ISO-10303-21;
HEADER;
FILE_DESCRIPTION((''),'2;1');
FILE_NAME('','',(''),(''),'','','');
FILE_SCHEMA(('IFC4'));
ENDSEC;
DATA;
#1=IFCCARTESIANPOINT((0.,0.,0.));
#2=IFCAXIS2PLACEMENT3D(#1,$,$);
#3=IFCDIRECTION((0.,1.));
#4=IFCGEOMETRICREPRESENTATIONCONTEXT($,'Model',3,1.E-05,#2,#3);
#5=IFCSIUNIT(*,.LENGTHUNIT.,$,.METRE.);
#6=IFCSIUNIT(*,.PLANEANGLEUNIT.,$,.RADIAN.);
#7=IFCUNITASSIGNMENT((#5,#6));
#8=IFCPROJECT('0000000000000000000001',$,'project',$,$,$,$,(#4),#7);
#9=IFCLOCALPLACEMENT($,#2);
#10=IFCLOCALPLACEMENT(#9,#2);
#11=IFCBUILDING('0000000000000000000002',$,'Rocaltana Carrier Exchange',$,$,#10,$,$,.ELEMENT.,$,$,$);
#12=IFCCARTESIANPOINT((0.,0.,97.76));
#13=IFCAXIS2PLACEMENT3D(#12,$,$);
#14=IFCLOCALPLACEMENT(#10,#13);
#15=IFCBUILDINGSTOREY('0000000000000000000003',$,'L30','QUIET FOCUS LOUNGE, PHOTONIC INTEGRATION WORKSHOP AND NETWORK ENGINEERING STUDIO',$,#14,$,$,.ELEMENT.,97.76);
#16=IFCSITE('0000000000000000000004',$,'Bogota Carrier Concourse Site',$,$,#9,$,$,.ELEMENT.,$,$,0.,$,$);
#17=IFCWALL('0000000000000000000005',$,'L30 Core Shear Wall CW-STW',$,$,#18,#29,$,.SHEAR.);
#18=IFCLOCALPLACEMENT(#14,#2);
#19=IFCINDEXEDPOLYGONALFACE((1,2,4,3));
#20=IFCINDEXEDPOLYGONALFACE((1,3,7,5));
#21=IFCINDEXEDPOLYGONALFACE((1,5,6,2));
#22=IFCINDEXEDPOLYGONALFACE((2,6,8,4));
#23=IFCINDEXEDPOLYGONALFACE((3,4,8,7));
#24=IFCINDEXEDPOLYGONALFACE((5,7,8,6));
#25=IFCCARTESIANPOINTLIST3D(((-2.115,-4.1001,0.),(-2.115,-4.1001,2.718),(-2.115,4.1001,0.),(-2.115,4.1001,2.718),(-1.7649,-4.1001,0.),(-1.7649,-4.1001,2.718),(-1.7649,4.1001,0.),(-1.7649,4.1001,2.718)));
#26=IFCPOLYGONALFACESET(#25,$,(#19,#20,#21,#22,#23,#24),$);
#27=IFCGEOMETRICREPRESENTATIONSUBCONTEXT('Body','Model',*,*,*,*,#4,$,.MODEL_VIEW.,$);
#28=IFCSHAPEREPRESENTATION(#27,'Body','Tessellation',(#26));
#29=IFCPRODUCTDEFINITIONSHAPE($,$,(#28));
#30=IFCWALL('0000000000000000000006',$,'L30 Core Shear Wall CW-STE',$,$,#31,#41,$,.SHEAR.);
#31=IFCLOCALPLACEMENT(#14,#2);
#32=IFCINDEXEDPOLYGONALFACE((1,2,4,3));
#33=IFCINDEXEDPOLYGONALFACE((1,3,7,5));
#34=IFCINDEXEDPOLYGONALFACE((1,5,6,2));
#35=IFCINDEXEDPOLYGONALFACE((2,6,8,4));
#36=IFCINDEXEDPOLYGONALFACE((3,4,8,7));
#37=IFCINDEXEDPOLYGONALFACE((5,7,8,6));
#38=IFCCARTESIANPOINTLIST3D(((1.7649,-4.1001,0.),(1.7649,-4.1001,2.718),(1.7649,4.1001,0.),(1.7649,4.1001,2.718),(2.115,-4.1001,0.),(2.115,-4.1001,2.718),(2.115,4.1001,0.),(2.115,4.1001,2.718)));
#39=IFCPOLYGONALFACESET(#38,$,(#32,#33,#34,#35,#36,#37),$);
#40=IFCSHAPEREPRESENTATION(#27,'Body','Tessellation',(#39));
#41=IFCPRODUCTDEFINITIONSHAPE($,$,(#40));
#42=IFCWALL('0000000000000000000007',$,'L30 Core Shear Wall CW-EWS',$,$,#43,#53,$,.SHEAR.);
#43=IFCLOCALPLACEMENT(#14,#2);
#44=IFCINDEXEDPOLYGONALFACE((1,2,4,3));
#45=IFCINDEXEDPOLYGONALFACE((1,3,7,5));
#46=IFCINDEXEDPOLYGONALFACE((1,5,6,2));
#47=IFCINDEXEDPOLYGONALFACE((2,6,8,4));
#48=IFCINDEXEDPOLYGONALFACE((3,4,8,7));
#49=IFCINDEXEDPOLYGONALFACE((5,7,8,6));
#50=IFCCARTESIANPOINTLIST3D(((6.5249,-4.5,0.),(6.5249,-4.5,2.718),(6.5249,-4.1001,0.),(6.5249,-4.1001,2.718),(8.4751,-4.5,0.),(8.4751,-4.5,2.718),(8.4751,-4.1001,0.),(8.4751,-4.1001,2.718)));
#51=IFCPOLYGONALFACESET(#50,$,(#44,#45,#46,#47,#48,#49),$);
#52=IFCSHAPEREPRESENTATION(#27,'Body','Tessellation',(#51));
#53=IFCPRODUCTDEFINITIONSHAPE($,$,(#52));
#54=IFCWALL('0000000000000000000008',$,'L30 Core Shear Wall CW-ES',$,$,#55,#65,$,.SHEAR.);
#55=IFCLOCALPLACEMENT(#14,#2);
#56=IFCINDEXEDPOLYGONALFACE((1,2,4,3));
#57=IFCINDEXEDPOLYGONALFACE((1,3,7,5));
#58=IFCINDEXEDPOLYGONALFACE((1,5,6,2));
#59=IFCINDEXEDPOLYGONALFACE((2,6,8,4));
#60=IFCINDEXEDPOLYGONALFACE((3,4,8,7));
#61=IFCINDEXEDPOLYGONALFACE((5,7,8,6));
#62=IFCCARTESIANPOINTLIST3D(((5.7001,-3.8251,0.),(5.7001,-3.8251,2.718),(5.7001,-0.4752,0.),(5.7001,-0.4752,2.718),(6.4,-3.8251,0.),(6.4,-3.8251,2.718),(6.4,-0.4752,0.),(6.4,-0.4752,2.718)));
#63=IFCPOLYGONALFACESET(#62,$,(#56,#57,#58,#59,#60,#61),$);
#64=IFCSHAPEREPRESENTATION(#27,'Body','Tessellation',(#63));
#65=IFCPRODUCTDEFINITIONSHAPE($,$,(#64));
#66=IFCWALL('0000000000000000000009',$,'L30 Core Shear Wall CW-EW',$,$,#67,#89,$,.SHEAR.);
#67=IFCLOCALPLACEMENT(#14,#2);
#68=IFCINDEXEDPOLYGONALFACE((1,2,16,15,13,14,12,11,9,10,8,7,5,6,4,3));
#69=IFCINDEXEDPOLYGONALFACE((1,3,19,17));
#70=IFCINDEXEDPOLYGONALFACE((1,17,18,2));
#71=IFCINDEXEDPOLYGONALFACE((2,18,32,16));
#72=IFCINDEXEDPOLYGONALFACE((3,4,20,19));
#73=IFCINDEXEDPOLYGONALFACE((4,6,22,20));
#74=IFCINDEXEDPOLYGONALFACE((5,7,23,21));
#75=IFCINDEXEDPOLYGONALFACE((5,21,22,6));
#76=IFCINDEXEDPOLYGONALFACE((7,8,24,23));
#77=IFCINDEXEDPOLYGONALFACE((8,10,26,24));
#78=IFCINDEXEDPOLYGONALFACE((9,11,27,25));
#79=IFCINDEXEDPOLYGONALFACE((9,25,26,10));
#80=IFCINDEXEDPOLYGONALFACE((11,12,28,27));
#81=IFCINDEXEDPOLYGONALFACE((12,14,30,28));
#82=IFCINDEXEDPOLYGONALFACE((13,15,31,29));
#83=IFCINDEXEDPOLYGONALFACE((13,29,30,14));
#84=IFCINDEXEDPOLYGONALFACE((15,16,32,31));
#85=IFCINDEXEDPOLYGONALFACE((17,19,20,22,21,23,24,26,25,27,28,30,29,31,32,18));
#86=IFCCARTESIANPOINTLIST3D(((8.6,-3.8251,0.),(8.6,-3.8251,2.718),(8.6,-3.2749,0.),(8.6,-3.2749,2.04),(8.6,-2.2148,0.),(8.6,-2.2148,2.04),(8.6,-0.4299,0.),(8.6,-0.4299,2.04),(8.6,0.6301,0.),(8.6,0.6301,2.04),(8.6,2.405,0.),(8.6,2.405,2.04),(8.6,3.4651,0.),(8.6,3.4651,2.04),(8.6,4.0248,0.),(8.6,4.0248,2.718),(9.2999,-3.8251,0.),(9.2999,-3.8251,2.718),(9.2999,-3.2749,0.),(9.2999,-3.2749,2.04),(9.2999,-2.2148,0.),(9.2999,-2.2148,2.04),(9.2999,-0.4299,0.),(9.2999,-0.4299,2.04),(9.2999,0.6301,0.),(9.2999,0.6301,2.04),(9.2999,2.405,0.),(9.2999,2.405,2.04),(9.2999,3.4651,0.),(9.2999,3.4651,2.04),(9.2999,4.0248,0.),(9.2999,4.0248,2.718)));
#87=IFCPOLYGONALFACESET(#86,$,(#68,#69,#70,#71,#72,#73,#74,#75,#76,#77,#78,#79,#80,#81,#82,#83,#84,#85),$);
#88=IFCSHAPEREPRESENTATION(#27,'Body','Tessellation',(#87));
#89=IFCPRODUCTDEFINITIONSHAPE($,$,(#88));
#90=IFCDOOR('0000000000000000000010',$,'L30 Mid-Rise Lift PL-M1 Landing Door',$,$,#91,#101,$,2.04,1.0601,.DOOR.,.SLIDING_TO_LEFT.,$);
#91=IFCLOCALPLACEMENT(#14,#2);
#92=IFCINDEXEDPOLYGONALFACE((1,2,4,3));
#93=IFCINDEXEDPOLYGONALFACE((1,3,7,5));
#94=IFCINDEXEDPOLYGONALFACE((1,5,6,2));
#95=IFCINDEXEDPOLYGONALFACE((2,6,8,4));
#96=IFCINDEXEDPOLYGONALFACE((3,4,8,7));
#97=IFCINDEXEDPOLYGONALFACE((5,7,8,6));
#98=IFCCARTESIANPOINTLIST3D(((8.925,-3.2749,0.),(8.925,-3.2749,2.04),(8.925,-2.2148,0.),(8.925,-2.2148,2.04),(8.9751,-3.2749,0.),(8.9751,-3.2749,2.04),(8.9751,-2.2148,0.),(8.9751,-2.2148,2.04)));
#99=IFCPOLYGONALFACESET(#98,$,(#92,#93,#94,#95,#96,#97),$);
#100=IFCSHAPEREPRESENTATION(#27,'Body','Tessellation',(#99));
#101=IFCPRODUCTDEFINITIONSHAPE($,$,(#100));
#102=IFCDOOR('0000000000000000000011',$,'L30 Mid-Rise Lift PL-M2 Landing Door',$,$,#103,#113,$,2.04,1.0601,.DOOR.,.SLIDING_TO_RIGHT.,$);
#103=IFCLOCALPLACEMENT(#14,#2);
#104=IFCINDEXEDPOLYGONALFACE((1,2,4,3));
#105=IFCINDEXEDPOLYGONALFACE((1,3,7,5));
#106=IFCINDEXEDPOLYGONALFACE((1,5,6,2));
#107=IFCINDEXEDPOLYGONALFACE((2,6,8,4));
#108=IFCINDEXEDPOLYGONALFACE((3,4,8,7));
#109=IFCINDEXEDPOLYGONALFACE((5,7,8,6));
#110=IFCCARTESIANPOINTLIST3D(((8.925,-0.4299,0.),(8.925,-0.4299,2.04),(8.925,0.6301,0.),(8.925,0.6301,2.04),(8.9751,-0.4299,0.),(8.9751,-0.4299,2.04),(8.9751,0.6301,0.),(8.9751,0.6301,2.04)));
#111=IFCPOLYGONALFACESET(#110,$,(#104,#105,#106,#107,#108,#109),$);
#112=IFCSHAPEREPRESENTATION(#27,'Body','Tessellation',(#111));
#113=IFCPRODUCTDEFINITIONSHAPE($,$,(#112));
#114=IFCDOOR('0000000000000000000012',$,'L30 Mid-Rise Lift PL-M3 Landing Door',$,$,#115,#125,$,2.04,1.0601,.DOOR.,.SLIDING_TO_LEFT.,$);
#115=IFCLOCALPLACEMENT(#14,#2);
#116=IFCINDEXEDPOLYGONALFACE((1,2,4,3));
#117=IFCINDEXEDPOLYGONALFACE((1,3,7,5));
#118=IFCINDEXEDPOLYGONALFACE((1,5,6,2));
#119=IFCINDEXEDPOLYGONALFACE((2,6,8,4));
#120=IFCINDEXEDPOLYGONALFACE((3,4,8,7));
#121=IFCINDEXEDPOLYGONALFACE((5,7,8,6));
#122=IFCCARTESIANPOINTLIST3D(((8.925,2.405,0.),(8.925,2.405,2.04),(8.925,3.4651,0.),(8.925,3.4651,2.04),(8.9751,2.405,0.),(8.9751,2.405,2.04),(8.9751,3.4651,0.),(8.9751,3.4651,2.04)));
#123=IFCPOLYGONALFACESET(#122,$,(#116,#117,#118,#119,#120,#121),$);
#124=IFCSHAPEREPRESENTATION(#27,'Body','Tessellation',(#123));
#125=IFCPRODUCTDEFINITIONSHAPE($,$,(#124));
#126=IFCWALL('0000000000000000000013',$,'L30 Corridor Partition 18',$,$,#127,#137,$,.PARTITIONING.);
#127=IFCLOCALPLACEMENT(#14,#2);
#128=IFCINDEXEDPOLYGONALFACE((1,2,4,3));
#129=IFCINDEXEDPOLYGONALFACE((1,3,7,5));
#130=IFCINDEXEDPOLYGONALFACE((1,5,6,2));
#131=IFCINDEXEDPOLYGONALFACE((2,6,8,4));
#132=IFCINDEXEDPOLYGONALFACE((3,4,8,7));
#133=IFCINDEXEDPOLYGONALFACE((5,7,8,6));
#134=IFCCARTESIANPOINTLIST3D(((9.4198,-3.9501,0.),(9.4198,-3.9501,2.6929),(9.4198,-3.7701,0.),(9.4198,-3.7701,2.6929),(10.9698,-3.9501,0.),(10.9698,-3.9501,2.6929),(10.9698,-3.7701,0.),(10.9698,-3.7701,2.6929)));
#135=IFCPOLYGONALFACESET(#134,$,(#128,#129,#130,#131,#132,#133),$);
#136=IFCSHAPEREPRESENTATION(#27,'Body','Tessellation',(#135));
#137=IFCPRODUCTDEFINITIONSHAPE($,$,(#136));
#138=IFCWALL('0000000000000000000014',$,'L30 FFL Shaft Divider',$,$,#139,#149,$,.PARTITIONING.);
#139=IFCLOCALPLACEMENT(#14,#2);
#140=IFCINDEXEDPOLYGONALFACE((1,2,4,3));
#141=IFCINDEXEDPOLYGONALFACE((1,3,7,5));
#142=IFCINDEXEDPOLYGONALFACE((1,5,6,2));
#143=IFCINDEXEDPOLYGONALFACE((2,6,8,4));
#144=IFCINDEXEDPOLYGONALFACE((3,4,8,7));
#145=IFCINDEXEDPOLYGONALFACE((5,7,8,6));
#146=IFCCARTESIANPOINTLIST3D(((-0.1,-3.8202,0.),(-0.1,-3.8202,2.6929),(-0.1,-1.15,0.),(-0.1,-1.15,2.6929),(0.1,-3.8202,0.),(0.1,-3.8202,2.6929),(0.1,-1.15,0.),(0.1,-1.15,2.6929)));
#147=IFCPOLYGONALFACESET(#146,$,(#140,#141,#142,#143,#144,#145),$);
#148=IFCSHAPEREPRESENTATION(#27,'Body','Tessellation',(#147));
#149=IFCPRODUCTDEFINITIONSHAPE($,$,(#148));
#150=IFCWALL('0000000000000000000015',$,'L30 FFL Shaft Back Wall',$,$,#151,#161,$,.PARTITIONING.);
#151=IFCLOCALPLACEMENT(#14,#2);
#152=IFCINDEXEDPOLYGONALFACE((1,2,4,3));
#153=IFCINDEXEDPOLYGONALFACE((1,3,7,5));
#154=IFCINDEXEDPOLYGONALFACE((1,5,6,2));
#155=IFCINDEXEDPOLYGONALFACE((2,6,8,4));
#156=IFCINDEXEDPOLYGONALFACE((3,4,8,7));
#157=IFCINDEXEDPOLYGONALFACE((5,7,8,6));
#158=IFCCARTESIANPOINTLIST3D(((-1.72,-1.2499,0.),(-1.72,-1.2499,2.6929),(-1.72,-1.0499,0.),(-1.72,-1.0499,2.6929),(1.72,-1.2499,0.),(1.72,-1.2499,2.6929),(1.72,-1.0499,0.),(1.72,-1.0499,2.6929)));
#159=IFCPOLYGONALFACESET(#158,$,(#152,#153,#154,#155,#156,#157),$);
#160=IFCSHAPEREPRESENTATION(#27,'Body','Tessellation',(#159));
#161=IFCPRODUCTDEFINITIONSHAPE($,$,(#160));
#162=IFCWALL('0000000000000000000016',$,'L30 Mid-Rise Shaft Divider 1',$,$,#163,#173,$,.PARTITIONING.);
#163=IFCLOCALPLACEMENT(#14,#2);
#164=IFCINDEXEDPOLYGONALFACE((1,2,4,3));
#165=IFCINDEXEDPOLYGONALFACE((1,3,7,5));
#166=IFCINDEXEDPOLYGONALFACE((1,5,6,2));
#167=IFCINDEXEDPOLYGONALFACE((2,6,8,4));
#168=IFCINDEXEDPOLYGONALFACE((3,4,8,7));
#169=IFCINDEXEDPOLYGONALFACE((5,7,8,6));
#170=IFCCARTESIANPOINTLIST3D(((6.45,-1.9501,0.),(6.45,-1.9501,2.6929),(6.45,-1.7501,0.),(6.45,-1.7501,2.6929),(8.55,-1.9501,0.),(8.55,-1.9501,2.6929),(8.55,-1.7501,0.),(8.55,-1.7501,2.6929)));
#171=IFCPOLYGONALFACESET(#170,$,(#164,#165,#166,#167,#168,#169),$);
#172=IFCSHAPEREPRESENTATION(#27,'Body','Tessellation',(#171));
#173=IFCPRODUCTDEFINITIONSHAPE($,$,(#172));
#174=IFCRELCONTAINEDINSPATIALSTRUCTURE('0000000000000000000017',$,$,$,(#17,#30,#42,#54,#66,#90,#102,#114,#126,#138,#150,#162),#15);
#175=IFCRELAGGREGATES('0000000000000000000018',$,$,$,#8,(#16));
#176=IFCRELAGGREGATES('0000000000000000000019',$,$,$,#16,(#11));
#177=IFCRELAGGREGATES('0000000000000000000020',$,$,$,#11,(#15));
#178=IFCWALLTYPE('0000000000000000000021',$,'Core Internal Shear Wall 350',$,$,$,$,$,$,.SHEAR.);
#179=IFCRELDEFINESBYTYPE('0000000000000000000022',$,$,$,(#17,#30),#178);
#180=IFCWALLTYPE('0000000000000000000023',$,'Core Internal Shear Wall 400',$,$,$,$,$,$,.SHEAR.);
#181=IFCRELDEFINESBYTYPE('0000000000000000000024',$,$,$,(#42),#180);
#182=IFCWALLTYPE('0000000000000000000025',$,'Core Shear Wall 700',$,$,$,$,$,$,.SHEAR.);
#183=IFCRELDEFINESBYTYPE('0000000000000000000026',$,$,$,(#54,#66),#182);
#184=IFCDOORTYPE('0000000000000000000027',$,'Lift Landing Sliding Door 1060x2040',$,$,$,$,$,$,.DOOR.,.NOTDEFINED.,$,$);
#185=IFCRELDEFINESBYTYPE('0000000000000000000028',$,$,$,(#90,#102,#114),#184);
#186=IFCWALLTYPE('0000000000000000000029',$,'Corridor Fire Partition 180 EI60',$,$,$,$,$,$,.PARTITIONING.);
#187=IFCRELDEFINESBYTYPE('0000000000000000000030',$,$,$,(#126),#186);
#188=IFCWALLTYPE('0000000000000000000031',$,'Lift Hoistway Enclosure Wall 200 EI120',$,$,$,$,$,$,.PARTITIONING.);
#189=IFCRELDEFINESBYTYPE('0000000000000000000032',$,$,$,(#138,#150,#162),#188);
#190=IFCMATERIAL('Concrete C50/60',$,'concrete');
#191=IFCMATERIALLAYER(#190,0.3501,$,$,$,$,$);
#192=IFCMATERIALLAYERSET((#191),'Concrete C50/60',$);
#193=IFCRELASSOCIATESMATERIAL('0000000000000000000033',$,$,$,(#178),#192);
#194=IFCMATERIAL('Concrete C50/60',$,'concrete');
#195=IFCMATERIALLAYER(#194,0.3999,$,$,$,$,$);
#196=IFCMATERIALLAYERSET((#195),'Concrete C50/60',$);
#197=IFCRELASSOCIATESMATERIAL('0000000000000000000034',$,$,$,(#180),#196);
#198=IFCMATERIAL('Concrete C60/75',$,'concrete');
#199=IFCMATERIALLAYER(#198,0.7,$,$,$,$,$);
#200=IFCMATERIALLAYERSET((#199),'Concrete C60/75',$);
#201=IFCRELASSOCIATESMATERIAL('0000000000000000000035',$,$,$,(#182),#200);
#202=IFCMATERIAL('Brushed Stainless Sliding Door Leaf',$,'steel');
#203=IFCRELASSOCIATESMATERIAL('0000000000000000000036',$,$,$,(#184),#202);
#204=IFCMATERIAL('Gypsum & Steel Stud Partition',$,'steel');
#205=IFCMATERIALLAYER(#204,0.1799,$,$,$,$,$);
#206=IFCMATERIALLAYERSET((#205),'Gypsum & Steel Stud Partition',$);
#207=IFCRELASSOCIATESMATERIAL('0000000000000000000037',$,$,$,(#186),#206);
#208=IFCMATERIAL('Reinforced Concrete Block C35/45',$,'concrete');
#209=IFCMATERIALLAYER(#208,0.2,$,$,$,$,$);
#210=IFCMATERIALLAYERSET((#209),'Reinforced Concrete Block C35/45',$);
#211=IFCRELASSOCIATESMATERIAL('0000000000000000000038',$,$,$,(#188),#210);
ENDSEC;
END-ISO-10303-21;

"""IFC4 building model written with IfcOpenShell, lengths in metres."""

from ifc_helpers import new_model, si_unit, direction, frame, frame_2d, origin, place, context, subcontext, project, spatial, rectangle, extrude, material, layer, layer_set, type_object, element, fill, save


model = new_model("IFC4")

# Units and contexts
model_context = context("Model", 3, precision=1e-05, world=origin(), true_north=direction((0.0, 1.0)))
body_context = subcontext(model_context, "Body", "Model", "MODEL_VIEW")
ifc_project = project(units=[si_unit("LENGTHUNIT", "METRE"), si_unit("PLANEANGLEUNIT", "RADIAN")], contexts=[model_context])

# Site, building, storey
site_placement = place(None, origin())
site = spatial("IfcSite", under=ifc_project, at=site_placement, Name="Bogota Carrier Concourse Site", CompositionType="ELEMENT", RefElevation=0.0)
building_placement = place(site_placement, origin())
building = spatial("IfcBuilding", under=site, at=building_placement, Name="Rocaltana Carrier Exchange", CompositionType="ELEMENT")
storey_placement = place(building_placement, frame((0.0, 0.0, 97.76)))
storey = spatial("IfcBuildingStorey", under=building, at=storey_placement, Name="L30", Description="QUIET FOCUS LOUNGE, PHOTONIC INTEGRATION WORKSHOP AND NETWORK ENGINEERING STUDIO", CompositionType="ELEMENT", Elevation=97.76)

# Walls
ifc_material_1 = material(Name="Concrete C50/60", Category="concrete")
ifc_layer_1 = layer(ifc_material_1, 0.3501)
ifc_layer_set_1 = layer_set([ifc_layer_1], Name="Concrete C50/60")
wall_type_1 = type_object("IfcWallType", Name="Core Internal Shear Wall 350", PredefinedType="SHEAR", material=ifc_layer_set_1)
for number, where, z_axis, x_axis, name in (
    (1, (-1.9399, -4.1001, 0.0), (0.0, 0.0, 1.0), (0.0, 1.0, 0.0), "L30 Core Shear Wall CW-STW"),
    (2, (1.9399, -4.1001, 0.0), (0.0, 0.0, 1.0), (0.0, 1.0, 0.0), "L30 Core Shear Wall CW-STE"),
):
    element("IfcWall", number, at=place(storey_placement, frame(where, z_axis=z_axis, x_axis=x_axis)), inside=storey, type_object=wall_type_1, Name=name, PredefinedType="SHEAR", context=body_context, shape_type="SweptSolid", body=[
        extrude(rectangle(XDim=8.2002, YDim=0.3501, at=frame_2d((4.1001, 0.0))), origin(), (0.0, 0.0, 1.0), 2.718),
    ])
ifc_material_2 = material(Name="Concrete C50/60", Category="concrete")
ifc_layer_2 = layer(ifc_material_2, 0.3999)
ifc_layer_set_2 = layer_set([ifc_layer_2], Name="Concrete C50/60")
wall_type_2 = type_object("IfcWallType", Name="Core Internal Shear Wall 400", PredefinedType="SHEAR", material=ifc_layer_set_2)
wall_1_placement = place(storey_placement, frame((6.5249, -4.3, 0.0), z_axis=(0.0, 0.0, 1.0), x_axis=(1.0, 0.0, 0.0)))
element("IfcWall", 3, at=wall_1_placement, inside=storey, type_object=wall_type_2, Name="L30 Core Shear Wall CW-EWS", PredefinedType="SHEAR", context=body_context, shape_type="SweptSolid", body=[
    extrude(rectangle(XDim=1.9502, YDim=0.3999, at=frame_2d((0.9751, 0.0))), origin(), (0.0, 0.0, 1.0), 2.718),
])
ifc_material_3 = material(Name="Concrete C60/75", Category="concrete")
ifc_layer_3 = layer(ifc_material_3, 0.7)
ifc_layer_set_3 = layer_set([ifc_layer_3], Name="Concrete C60/75")
wall_type_3 = type_object("IfcWallType", Name="Core Shear Wall 700", PredefinedType="SHEAR", material=ifc_layer_set_3)
wall_2_placement = place(storey_placement, frame((6.05, -3.825, 0.0), z_axis=(0.0, 0.0, 1.0), x_axis=(0.0, 1.0, 0.0)))
element("IfcWall", 4, at=wall_2_placement, inside=storey, type_object=wall_type_3, Name="L30 Core Shear Wall CW-ES", PredefinedType="SHEAR", context=body_context, shape_type="SweptSolid", body=[
    extrude(rectangle(XDim=3.3499, YDim=0.7, at=frame_2d((1.6748, 0.0))), origin(), (0.0, 0.0, 1.0), 2.718),
])

# Wall, openings, doors
wall_3_placement = place(storey_placement, frame((8.95, -3.825, 0.0), z_axis=(0.0, 0.0, 1.0), x_axis=(0.0, 1.0, 0.0)))
wall_3 = element("IfcWall", 5, at=wall_3_placement, inside=storey, type_object=wall_type_3, Name="L30 Core Shear Wall CW-EW", PredefinedType="SHEAR", context=body_context, shape_type="SweptSolid", body=[
    extrude(rectangle(XDim=7.8499, YDim=0.7, at=frame_2d((3.9248, 0.0))), origin(), (0.0, 0.0, 1.0), 2.718),
])
opening_1_placement = place(wall_3_placement, frame((0.55, 0.0, 0.0)))
opening_1 = element("IfcOpeningElement", 6, at=opening_1_placement, cuts=wall_3, PredefinedType="OPENING", context=body_context, shape_type="SweptSolid", body=[
    extrude(rectangle(XDim=1.0601, YDim=2.04, at=frame_2d((0.53, 1.02))), frame((0.0, 0.3599, 0.0), z_axis=(0.0, -1.0, 0.0), x_axis=(1.0, 0.0, 0.0)), (0.0, 0.0, 1.0), 0.72),
])
opening_2_placement = place(wall_3_placement, frame((3.395, 0.0, 0.0)))
opening_2 = element("IfcOpeningElement", 7, at=opening_2_placement, cuts=wall_3, PredefinedType="OPENING", context=body_context, shape_type="SweptSolid", body=[
    extrude(rectangle(XDim=1.0601, YDim=2.04, at=frame_2d((0.53, 1.02))), frame((0.0, 0.3599, 0.0), z_axis=(0.0, -1.0, 0.0), x_axis=(1.0, 0.0, 0.0)), (0.0, 0.0, 1.0), 0.72),
])
opening_3_placement = place(wall_3_placement, frame((6.23, 0.0, 0.0)))
opening_3 = element("IfcOpeningElement", 8, at=opening_3_placement, cuts=wall_3, PredefinedType="OPENING", context=body_context, shape_type="SweptSolid", body=[
    extrude(rectangle(XDim=1.0601, YDim=2.04, at=frame_2d((0.53, 1.02))), frame((0.0, 0.3599, 0.0), z_axis=(0.0, -1.0, 0.0), x_axis=(1.0, 0.0, 0.0)), (0.0, 0.0, 1.0), 0.72),
])
ifc_material_4 = material(Name="Brushed Stainless Sliding Door Leaf", Category="steel")
door_type = type_object("IfcDoorType", Name="Lift Landing Sliding Door 1060x2040", OperationType="NOTDEFINED", PredefinedType="DOOR", material=ifc_material_4)
door_1_placement = place(opening_1_placement, origin())
door_1 = element("IfcDoor", 9, at=door_1_placement, inside=storey, type_object=door_type, Name="L30 Mid-Rise Lift PL-M1 Landing Door", OperationType="SLIDING_TO_LEFT", OverallHeight=2.04, OverallWidth=1.0601, PredefinedType="DOOR", context=body_context, shape_type="SweptSolid", body=[
    extrude(rectangle(XDim=1.0601, YDim=2.04, at=frame_2d((0.53, 1.02))), frame((0.0, 0.0249, 0.0), z_axis=(0.0, -1.0, 0.0), x_axis=(1.0, 0.0, 0.0)), (0.0, 0.0, 1.0), 0.05),
])
fill(opening_1, door_1)
door_2_placement = place(opening_2_placement, origin())
door_2 = element("IfcDoor", 10, at=door_2_placement, inside=storey, type_object=door_type, Name="L30 Mid-Rise Lift PL-M2 Landing Door", OperationType="SLIDING_TO_RIGHT", OverallHeight=2.04, OverallWidth=1.0601, PredefinedType="DOOR", context=body_context, shape_type="SweptSolid", body=[
    extrude(rectangle(XDim=1.0601, YDim=2.04, at=frame_2d((0.53, 1.02))), frame((0.0, 0.0249, 0.0), z_axis=(0.0, -1.0, 0.0), x_axis=(1.0, 0.0, 0.0)), (0.0, 0.0, 1.0), 0.05),
])
fill(opening_2, door_2)
door_3_placement = place(opening_3_placement, origin())
door_3 = element("IfcDoor", 11, at=door_3_placement, inside=storey, type_object=door_type, Name="L30 Mid-Rise Lift PL-M3 Landing Door", OperationType="SLIDING_TO_LEFT", OverallHeight=2.04, OverallWidth=1.0601, PredefinedType="DOOR", context=body_context, shape_type="SweptSolid", body=[
    extrude(rectangle(XDim=1.0601, YDim=2.04, at=frame_2d((0.53, 1.02))), frame((0.0, 0.0249, 0.0), z_axis=(0.0, -1.0, 0.0), x_axis=(1.0, 0.0, 0.0)), (0.0, 0.0, 1.0), 0.05),
])
fill(opening_3, door_3)

# Walls
ifc_material_5 = material(Name="Gypsum & Steel Stud Partition", Category="steel")
ifc_layer_4 = layer(ifc_material_5, 0.1799)
ifc_layer_set_4 = layer_set([ifc_layer_4], Name="Gypsum & Steel Stud Partition")
wall_type_4 = type_object("IfcWallType", Name="Corridor Fire Partition 180 EI60", PredefinedType="PARTITIONING", material=ifc_layer_set_4)
wall_4_placement = place(storey_placement, frame((9.4199, -3.8601, 0.0), z_axis=(0.0, 0.0, 1.0), x_axis=(1.0, 0.0, 0.0)))
element("IfcWall", 12, at=wall_4_placement, inside=storey, type_object=wall_type_4, Name="L30 Corridor Partition 18", PredefinedType="PARTITIONING", context=body_context, shape_type="SweptSolid", body=[
    extrude(rectangle(XDim=1.55, YDim=0.1799, at=frame_2d((0.7749, 0.0))), origin(), (0.0, 0.0, 1.0), 2.6929),
])
ifc_material_6 = material(Name="Reinforced Concrete Block C35/45", Category="concrete")
ifc_layer_5 = layer(ifc_material_6, 0.2)
ifc_layer_set_5 = layer_set([ifc_layer_5], Name="Reinforced Concrete Block C35/45")
wall_type_5 = type_object("IfcWallType", Name="Lift Hoistway Enclosure Wall 200 EI120", PredefinedType="PARTITIONING", material=ifc_layer_set_5)
wall_5_placement = place(storey_placement, frame((0.0, -3.8201, 0.0), z_axis=(0.0, 0.0, 1.0), x_axis=(0.0, 1.0, 0.0)))
element("IfcWall", 13, at=wall_5_placement, inside=storey, type_object=wall_type_5, Name="L30 FFL Shaft Divider", PredefinedType="PARTITIONING", context=body_context, shape_type="SweptSolid", body=[
    extrude(rectangle(XDim=2.6702, YDim=0.2, at=frame_2d((1.335, 0.0))), origin(), (0.0, 0.0, 1.0), 2.6929),
])
wall_6_placement = place(storey_placement, frame((-1.72, -1.1499, 0.0), z_axis=(0.0, 0.0, 1.0), x_axis=(1.0, 0.0, 0.0)))
element("IfcWall", 14, at=wall_6_placement, inside=storey, type_object=wall_type_5, Name="L30 FFL Shaft Back Wall", PredefinedType="PARTITIONING", context=body_context, shape_type="SweptSolid", body=[
    extrude(rectangle(XDim=3.4399, YDim=0.2, at=frame_2d((1.72, 0.0))), origin(), (0.0, 0.0, 1.0), 2.6929),
])
wall_7_placement = place(storey_placement, frame((6.45, -1.8501, 0.0), z_axis=(0.0, 0.0, 1.0), x_axis=(1.0, 0.0, 0.0)))
element("IfcWall", 15, at=wall_7_placement, inside=storey, type_object=wall_type_5, Name="L30 Mid-Rise Shaft Divider 1", PredefinedType="PARTITIONING", context=body_context, shape_type="SweptSolid", body=[
    extrude(rectangle(XDim=2.1001, YDim=0.2, at=frame_2d((1.05, 0.0))), origin(), (0.0, 0.0, 1.0), 2.6929),
])

save(model, "model.ifc")
